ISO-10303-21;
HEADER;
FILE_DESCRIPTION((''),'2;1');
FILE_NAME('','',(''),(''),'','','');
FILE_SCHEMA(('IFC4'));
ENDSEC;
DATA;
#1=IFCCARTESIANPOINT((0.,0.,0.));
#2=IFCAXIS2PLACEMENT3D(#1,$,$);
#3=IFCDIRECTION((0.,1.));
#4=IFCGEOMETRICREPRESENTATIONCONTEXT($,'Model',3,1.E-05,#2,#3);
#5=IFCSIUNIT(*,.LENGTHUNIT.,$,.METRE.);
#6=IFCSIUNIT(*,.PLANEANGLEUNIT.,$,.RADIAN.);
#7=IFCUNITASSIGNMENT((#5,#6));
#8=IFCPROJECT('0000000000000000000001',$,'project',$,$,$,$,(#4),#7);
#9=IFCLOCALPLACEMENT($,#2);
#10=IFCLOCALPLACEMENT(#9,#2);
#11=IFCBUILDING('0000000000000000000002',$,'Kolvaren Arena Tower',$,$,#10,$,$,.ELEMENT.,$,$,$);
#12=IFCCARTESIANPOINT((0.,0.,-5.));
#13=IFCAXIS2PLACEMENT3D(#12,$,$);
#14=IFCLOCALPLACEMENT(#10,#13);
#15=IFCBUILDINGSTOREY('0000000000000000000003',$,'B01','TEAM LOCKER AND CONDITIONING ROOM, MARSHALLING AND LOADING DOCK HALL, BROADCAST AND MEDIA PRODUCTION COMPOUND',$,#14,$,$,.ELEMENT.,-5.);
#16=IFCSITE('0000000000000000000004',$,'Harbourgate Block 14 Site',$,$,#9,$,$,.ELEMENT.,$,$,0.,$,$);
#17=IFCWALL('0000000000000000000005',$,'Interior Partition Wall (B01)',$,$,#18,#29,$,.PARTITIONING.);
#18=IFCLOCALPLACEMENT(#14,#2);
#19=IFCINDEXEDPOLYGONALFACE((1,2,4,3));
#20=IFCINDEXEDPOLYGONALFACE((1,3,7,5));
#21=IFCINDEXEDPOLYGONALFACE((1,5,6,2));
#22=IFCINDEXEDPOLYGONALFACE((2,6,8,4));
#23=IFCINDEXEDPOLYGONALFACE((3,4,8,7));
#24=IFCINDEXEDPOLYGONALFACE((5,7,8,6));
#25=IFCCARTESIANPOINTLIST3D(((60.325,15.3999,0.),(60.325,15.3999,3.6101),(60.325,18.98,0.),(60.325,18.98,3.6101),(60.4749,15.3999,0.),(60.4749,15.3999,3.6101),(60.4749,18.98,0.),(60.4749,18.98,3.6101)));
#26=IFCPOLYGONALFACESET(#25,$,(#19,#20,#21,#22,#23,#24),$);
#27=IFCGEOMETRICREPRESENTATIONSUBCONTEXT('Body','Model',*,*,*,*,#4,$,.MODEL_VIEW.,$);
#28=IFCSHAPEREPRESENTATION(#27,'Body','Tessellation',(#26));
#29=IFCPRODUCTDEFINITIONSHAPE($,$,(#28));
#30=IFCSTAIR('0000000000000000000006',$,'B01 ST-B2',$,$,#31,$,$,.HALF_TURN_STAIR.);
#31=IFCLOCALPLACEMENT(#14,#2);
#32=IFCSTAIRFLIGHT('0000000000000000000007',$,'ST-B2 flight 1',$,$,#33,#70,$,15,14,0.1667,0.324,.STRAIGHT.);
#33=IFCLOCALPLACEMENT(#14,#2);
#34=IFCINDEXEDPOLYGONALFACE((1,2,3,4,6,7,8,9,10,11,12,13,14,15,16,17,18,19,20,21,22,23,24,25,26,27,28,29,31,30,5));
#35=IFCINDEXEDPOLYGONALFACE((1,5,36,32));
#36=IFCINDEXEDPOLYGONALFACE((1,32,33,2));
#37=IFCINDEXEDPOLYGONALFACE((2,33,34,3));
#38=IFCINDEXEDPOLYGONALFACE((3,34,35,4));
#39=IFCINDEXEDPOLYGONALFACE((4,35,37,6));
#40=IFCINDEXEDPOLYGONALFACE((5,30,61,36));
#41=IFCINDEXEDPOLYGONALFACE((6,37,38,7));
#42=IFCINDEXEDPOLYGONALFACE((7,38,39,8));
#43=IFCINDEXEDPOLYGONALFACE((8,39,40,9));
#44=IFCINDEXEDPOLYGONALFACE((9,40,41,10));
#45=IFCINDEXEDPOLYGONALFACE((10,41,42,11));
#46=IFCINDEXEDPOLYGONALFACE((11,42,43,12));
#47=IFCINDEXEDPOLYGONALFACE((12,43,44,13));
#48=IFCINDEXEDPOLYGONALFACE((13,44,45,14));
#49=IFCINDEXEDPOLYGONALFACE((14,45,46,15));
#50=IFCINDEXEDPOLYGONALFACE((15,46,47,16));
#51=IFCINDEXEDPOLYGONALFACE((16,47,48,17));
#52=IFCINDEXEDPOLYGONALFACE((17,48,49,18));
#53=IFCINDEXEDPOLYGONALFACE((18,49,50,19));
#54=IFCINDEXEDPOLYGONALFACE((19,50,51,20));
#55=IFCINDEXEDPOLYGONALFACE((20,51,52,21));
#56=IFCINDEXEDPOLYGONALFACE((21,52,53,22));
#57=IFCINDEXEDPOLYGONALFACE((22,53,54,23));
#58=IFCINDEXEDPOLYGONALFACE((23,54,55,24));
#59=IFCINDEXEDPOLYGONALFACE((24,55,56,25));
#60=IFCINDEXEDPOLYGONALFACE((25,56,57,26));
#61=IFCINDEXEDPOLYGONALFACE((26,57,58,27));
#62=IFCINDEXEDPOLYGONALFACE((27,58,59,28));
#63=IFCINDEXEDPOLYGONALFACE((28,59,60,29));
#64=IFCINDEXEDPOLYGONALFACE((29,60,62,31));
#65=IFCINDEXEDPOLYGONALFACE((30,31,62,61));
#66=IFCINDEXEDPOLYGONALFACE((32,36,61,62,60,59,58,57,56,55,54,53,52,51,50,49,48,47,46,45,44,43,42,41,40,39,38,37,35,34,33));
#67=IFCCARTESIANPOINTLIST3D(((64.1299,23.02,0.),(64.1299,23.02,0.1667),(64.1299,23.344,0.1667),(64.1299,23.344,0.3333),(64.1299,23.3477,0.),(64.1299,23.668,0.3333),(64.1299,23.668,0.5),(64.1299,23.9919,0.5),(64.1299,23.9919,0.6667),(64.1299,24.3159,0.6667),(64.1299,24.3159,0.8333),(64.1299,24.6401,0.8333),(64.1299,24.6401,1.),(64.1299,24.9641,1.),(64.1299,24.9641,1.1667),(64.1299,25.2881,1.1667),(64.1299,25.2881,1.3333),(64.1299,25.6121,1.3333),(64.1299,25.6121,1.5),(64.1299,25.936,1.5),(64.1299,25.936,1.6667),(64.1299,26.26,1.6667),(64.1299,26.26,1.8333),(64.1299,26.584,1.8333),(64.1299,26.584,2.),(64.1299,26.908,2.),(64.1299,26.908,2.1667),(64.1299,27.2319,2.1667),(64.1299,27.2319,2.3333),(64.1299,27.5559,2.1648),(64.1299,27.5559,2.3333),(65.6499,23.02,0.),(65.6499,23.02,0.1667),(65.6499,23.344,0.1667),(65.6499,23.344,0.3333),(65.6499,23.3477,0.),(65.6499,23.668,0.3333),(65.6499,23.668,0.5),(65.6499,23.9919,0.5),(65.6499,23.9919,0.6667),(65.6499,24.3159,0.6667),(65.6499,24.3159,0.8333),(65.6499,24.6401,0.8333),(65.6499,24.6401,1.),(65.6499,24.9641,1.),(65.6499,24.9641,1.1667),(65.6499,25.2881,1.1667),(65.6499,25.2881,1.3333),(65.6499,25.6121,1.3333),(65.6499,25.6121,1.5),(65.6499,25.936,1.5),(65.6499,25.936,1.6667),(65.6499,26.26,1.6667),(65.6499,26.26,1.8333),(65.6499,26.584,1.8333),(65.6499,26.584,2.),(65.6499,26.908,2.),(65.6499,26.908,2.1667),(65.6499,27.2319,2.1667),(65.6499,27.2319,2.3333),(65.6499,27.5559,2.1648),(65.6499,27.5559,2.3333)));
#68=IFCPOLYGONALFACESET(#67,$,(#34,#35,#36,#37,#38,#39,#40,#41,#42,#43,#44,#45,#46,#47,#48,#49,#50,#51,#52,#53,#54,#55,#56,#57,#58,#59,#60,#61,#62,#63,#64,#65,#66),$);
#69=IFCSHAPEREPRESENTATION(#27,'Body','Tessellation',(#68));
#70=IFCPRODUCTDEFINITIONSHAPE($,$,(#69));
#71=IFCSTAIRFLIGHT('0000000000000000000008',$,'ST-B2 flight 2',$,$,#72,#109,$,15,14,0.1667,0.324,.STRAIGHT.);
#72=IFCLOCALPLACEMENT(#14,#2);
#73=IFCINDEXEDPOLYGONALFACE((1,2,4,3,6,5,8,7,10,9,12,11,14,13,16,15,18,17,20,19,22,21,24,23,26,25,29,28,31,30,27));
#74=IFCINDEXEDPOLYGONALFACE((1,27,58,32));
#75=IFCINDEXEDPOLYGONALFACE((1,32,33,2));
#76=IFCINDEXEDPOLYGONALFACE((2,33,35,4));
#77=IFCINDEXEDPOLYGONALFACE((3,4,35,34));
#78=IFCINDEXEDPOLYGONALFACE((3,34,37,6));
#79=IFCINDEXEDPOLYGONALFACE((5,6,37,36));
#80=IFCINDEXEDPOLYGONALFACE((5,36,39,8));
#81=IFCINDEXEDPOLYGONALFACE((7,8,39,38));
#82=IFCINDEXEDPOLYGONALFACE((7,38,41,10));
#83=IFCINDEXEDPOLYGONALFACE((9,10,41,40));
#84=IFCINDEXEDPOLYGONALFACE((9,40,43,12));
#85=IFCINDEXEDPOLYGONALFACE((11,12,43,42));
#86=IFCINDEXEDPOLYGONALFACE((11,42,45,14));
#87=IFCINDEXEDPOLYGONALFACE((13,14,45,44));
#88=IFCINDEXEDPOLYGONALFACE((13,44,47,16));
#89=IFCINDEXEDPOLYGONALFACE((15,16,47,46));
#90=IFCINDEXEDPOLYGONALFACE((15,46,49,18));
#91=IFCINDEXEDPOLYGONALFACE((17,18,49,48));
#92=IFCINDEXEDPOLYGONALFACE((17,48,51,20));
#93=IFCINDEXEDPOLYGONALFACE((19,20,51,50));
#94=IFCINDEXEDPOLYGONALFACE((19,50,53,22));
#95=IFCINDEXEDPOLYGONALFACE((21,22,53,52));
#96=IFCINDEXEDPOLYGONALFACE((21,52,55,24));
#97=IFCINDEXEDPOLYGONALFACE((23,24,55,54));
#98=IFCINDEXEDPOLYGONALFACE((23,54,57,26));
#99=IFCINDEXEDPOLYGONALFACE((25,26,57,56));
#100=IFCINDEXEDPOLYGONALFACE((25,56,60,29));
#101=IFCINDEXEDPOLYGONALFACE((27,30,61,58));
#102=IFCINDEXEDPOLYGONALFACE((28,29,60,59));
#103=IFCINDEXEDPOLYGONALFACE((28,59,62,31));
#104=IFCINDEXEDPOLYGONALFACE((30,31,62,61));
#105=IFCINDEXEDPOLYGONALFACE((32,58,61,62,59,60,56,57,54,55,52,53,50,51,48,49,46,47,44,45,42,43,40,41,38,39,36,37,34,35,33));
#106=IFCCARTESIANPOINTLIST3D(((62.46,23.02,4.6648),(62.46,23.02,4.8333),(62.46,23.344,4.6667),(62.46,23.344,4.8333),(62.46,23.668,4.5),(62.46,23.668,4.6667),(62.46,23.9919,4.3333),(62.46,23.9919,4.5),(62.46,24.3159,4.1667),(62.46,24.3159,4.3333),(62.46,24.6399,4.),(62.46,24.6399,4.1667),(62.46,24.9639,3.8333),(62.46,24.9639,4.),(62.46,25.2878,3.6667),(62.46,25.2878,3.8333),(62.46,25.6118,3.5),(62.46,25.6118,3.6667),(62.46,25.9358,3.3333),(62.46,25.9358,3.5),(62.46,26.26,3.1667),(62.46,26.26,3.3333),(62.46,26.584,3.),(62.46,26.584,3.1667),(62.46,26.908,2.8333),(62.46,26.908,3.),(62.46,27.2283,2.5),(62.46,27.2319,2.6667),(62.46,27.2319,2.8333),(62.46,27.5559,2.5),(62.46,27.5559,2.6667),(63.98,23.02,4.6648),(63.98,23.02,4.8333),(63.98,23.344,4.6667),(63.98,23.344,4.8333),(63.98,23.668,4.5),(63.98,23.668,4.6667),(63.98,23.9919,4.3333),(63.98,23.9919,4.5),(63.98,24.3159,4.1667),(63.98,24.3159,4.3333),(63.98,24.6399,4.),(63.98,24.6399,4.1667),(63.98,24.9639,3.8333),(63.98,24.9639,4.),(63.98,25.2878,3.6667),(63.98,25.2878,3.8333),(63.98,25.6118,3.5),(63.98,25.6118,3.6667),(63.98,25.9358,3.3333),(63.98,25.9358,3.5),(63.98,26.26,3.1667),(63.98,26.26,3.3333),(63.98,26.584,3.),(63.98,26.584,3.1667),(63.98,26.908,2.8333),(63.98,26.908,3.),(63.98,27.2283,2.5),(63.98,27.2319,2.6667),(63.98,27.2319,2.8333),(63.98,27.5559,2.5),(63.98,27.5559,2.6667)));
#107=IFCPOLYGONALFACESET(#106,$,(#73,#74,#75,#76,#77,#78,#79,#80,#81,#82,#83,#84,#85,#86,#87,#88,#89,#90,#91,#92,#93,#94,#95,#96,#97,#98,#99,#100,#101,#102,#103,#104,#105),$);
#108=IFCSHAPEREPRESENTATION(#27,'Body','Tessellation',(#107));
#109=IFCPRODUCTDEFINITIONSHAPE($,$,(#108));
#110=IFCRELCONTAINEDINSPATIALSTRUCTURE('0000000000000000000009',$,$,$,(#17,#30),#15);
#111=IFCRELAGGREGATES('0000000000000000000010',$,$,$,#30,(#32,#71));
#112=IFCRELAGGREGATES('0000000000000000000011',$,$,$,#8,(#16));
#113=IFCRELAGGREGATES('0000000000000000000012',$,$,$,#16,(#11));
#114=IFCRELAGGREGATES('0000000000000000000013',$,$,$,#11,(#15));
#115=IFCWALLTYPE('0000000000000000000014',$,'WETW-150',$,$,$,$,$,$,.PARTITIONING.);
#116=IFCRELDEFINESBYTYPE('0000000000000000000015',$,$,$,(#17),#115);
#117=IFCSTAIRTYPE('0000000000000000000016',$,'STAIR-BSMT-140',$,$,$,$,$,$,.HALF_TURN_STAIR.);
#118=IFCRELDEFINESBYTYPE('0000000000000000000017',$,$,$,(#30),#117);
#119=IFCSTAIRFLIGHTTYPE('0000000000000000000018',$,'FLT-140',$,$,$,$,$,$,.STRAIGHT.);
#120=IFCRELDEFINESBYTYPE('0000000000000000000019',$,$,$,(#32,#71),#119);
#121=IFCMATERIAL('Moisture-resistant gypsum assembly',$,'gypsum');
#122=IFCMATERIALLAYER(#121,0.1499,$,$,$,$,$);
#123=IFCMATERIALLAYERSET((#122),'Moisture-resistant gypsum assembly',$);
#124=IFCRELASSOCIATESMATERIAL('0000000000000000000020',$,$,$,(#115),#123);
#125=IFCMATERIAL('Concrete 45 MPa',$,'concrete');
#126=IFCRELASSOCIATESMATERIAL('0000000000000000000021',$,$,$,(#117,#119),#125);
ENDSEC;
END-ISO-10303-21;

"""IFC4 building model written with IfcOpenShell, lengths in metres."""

from ifc_helpers import new_model, si_unit, direction, frame, frame_2d, origin, place, context, subcontext, project, spatial, polyline, rectangle, outline, extrude, material, layer, layer_set, type_object, element, aggregate, save


model = new_model("IFC4")

# Units and contexts
model_context = context("Model", 3, precision=1e-05, world=origin(), true_north=direction((0.0, 1.0)))
body_context = subcontext(model_context, "Body", "Model", "MODEL_VIEW")
ifc_project = project(units=[si_unit("LENGTHUNIT", "METRE"), si_unit("PLANEANGLEUNIT", "RADIAN")], contexts=[model_context])

# Site, building, storey
site_placement = place(None, origin())
site = spatial("IfcSite", under=ifc_project, at=site_placement, Name="Harbourgate Block 14 Site", CompositionType="ELEMENT", RefElevation=0.0)
building_placement = place(site_placement, origin())
building = spatial("IfcBuilding", under=site, at=building_placement, Name="Kolvaren Arena Tower", CompositionType="ELEMENT")
storey_placement = place(building_placement, frame((0.0, 0.0, -5.0)))
storey = spatial("IfcBuildingStorey", under=building, at=storey_placement, Name="B01", Description="TEAM LOCKER AND CONDITIONING ROOM, MARSHALLING AND LOADING DOCK HALL, BROADCAST AND MEDIA PRODUCTION COMPOUND", CompositionType="ELEMENT", Elevation=-5.0)

# Shared definitions
ifc_material_1 = material(Name="Concrete 45 MPa", Category="concrete")

# Wall
ifc_material_2 = material(Name="Moisture-resistant gypsum assembly", Category="gypsum")
ifc_layer_1 = layer(ifc_material_2, 0.1499)
ifc_layer_set_1 = layer_set([ifc_layer_1], Name="Moisture-resistant gypsum assembly")
wall_type_1 = type_object("IfcWallType", Name="WETW-150", PredefinedType="PARTITIONING", material=ifc_layer_set_1)
wall_1_placement = place(storey_placement, frame((60.3999, 15.3999, 0.0), z_axis=(0.0, 0.0, 1.0), x_axis=(0.0, 1.0, 0.0)))
element("IfcWall", 1, at=wall_1_placement, inside=storey, type_object=wall_type_1, Name="Interior Partition Wall (B01)", PredefinedType="PARTITIONING", context=body_context, shape_type="SweptSolid", body=[
    extrude(rectangle(XDim=3.5801, YDim=0.1499, at=frame_2d((1.79, 0.0))), origin(), (0.0, 0.0, 1.0), 3.6101),
])

# Stair, stair flights
stair_type = type_object("IfcStairType", Name="STAIR-BSMT-140", PredefinedType="HALF_TURN_STAIR", material=ifc_material_1)
stair_placement = place(storey_placement, origin())
stair = element("IfcStair", 2, at=stair_placement, inside=storey, type_object=stair_type, Name="B01 ST-B2", PredefinedType="HALF_TURN_STAIR")
stair_flight_type = type_object("IfcStairFlightType", Name="FLT-140", PredefinedType="STRAIGHT", material=ifc_material_1)
stair_flight_1_placement = place(storey_placement, frame((64.8899, 23.02, 0.0), z_axis=(0.0, 0.0, 1.0), x_axis=(0.0, 1.0, 0.0)))
stair_flight_1 = element("IfcStairFlight", 3, at=stair_flight_1_placement, type_object=stair_flight_type, Name="ST-B2 flight 1", NumberOfRisers=15, NumberOfTreads=14, PredefinedType="STRAIGHT", RiserHeight=0.1667, TreadLength=0.324, context=body_context, shape_type="SweptSolid", body=[
    extrude(outline(polyline([(0.0, 0.0), (0.0, 0.1667), (0.324, 0.1667), (0.324, 0.3333), (0.6479, 0.3333), (0.6479, 0.5), (0.9719, 0.5), (0.9719, 0.6667), (1.2959, 0.6667), (1.2959, 0.8333), (1.6201, 0.8333), (1.6201, 1.0), (1.9441, 1.0), (1.9441, 1.1667), (2.2681, 1.1667), (2.2681, 1.3333), (2.592, 1.3333), (2.592, 1.5), (2.916, 1.5), (2.916, 1.6667), (3.24, 1.6667), (3.24, 1.8333), (3.564, 1.8333), (3.564, 2.0), (3.8879, 2.0), (3.8879, 2.1667), (4.2119, 2.1667), (4.2119, 2.3333), (4.5359, 2.3333), (4.5359, 2.5), (4.5359, 2.1648), (0.3276, 0.0), (0.0, 0.0)])), frame((0.0, 0.76, 0.0), z_axis=(0.0, -1.0, 0.0), x_axis=(1.0, 0.0, 0.0)), (0.0, 0.0, 1.0), 1.52),
])
stair_flight_2_placement = place(storey_placement, frame((63.22, 27.5559, 2.5), z_axis=(0.0, 0.0, 1.0), x_axis=(0.0, -1.0, 0.0)))
stair_flight_2 = element("IfcStairFlight", 4, at=stair_flight_2_placement, type_object=stair_flight_type, Name="ST-B2 flight 2", NumberOfRisers=15, NumberOfTreads=14, PredefinedType="STRAIGHT", RiserHeight=0.1667, TreadLength=0.324, context=body_context, shape_type="SweptSolid", body=[
    extrude(outline(polyline([(0.0, 0.0), (0.0, 0.1667), (0.324, 0.1667), (0.324, 0.3333), (0.6479, 0.3333), (0.6479, 0.5), (0.9719, 0.5), (0.9719, 0.6667), (1.2959, 0.6667), (1.2959, 0.8333), (1.6201, 0.8333), (1.6201, 1.0), (1.9441, 1.0), (1.9441, 1.1667), (2.2681, 1.1667), (2.2681, 1.3333), (2.592, 1.3333), (2.592, 1.5), (2.916, 1.5), (2.916, 1.6667), (3.24, 1.6667), (3.24, 1.8333), (3.564, 1.8333), (3.564, 2.0), (3.8879, 2.0), (3.8879, 2.1667), (4.2119, 2.1667), (4.2119, 2.3333), (4.5359, 2.3333), (4.5359, 2.5), (4.5359, 2.1648), (0.3276, 0.0), (0.0, 0.0)])), frame((0.0, 0.76, 0.0), z_axis=(0.0, -1.0, 0.0), x_axis=(1.0, 0.0, 0.0)), (0.0, 0.0, 1.0), 1.52),
])
aggregate(stair, [stair_flight_1, stair_flight_2])

save(model, "model.ifc")
